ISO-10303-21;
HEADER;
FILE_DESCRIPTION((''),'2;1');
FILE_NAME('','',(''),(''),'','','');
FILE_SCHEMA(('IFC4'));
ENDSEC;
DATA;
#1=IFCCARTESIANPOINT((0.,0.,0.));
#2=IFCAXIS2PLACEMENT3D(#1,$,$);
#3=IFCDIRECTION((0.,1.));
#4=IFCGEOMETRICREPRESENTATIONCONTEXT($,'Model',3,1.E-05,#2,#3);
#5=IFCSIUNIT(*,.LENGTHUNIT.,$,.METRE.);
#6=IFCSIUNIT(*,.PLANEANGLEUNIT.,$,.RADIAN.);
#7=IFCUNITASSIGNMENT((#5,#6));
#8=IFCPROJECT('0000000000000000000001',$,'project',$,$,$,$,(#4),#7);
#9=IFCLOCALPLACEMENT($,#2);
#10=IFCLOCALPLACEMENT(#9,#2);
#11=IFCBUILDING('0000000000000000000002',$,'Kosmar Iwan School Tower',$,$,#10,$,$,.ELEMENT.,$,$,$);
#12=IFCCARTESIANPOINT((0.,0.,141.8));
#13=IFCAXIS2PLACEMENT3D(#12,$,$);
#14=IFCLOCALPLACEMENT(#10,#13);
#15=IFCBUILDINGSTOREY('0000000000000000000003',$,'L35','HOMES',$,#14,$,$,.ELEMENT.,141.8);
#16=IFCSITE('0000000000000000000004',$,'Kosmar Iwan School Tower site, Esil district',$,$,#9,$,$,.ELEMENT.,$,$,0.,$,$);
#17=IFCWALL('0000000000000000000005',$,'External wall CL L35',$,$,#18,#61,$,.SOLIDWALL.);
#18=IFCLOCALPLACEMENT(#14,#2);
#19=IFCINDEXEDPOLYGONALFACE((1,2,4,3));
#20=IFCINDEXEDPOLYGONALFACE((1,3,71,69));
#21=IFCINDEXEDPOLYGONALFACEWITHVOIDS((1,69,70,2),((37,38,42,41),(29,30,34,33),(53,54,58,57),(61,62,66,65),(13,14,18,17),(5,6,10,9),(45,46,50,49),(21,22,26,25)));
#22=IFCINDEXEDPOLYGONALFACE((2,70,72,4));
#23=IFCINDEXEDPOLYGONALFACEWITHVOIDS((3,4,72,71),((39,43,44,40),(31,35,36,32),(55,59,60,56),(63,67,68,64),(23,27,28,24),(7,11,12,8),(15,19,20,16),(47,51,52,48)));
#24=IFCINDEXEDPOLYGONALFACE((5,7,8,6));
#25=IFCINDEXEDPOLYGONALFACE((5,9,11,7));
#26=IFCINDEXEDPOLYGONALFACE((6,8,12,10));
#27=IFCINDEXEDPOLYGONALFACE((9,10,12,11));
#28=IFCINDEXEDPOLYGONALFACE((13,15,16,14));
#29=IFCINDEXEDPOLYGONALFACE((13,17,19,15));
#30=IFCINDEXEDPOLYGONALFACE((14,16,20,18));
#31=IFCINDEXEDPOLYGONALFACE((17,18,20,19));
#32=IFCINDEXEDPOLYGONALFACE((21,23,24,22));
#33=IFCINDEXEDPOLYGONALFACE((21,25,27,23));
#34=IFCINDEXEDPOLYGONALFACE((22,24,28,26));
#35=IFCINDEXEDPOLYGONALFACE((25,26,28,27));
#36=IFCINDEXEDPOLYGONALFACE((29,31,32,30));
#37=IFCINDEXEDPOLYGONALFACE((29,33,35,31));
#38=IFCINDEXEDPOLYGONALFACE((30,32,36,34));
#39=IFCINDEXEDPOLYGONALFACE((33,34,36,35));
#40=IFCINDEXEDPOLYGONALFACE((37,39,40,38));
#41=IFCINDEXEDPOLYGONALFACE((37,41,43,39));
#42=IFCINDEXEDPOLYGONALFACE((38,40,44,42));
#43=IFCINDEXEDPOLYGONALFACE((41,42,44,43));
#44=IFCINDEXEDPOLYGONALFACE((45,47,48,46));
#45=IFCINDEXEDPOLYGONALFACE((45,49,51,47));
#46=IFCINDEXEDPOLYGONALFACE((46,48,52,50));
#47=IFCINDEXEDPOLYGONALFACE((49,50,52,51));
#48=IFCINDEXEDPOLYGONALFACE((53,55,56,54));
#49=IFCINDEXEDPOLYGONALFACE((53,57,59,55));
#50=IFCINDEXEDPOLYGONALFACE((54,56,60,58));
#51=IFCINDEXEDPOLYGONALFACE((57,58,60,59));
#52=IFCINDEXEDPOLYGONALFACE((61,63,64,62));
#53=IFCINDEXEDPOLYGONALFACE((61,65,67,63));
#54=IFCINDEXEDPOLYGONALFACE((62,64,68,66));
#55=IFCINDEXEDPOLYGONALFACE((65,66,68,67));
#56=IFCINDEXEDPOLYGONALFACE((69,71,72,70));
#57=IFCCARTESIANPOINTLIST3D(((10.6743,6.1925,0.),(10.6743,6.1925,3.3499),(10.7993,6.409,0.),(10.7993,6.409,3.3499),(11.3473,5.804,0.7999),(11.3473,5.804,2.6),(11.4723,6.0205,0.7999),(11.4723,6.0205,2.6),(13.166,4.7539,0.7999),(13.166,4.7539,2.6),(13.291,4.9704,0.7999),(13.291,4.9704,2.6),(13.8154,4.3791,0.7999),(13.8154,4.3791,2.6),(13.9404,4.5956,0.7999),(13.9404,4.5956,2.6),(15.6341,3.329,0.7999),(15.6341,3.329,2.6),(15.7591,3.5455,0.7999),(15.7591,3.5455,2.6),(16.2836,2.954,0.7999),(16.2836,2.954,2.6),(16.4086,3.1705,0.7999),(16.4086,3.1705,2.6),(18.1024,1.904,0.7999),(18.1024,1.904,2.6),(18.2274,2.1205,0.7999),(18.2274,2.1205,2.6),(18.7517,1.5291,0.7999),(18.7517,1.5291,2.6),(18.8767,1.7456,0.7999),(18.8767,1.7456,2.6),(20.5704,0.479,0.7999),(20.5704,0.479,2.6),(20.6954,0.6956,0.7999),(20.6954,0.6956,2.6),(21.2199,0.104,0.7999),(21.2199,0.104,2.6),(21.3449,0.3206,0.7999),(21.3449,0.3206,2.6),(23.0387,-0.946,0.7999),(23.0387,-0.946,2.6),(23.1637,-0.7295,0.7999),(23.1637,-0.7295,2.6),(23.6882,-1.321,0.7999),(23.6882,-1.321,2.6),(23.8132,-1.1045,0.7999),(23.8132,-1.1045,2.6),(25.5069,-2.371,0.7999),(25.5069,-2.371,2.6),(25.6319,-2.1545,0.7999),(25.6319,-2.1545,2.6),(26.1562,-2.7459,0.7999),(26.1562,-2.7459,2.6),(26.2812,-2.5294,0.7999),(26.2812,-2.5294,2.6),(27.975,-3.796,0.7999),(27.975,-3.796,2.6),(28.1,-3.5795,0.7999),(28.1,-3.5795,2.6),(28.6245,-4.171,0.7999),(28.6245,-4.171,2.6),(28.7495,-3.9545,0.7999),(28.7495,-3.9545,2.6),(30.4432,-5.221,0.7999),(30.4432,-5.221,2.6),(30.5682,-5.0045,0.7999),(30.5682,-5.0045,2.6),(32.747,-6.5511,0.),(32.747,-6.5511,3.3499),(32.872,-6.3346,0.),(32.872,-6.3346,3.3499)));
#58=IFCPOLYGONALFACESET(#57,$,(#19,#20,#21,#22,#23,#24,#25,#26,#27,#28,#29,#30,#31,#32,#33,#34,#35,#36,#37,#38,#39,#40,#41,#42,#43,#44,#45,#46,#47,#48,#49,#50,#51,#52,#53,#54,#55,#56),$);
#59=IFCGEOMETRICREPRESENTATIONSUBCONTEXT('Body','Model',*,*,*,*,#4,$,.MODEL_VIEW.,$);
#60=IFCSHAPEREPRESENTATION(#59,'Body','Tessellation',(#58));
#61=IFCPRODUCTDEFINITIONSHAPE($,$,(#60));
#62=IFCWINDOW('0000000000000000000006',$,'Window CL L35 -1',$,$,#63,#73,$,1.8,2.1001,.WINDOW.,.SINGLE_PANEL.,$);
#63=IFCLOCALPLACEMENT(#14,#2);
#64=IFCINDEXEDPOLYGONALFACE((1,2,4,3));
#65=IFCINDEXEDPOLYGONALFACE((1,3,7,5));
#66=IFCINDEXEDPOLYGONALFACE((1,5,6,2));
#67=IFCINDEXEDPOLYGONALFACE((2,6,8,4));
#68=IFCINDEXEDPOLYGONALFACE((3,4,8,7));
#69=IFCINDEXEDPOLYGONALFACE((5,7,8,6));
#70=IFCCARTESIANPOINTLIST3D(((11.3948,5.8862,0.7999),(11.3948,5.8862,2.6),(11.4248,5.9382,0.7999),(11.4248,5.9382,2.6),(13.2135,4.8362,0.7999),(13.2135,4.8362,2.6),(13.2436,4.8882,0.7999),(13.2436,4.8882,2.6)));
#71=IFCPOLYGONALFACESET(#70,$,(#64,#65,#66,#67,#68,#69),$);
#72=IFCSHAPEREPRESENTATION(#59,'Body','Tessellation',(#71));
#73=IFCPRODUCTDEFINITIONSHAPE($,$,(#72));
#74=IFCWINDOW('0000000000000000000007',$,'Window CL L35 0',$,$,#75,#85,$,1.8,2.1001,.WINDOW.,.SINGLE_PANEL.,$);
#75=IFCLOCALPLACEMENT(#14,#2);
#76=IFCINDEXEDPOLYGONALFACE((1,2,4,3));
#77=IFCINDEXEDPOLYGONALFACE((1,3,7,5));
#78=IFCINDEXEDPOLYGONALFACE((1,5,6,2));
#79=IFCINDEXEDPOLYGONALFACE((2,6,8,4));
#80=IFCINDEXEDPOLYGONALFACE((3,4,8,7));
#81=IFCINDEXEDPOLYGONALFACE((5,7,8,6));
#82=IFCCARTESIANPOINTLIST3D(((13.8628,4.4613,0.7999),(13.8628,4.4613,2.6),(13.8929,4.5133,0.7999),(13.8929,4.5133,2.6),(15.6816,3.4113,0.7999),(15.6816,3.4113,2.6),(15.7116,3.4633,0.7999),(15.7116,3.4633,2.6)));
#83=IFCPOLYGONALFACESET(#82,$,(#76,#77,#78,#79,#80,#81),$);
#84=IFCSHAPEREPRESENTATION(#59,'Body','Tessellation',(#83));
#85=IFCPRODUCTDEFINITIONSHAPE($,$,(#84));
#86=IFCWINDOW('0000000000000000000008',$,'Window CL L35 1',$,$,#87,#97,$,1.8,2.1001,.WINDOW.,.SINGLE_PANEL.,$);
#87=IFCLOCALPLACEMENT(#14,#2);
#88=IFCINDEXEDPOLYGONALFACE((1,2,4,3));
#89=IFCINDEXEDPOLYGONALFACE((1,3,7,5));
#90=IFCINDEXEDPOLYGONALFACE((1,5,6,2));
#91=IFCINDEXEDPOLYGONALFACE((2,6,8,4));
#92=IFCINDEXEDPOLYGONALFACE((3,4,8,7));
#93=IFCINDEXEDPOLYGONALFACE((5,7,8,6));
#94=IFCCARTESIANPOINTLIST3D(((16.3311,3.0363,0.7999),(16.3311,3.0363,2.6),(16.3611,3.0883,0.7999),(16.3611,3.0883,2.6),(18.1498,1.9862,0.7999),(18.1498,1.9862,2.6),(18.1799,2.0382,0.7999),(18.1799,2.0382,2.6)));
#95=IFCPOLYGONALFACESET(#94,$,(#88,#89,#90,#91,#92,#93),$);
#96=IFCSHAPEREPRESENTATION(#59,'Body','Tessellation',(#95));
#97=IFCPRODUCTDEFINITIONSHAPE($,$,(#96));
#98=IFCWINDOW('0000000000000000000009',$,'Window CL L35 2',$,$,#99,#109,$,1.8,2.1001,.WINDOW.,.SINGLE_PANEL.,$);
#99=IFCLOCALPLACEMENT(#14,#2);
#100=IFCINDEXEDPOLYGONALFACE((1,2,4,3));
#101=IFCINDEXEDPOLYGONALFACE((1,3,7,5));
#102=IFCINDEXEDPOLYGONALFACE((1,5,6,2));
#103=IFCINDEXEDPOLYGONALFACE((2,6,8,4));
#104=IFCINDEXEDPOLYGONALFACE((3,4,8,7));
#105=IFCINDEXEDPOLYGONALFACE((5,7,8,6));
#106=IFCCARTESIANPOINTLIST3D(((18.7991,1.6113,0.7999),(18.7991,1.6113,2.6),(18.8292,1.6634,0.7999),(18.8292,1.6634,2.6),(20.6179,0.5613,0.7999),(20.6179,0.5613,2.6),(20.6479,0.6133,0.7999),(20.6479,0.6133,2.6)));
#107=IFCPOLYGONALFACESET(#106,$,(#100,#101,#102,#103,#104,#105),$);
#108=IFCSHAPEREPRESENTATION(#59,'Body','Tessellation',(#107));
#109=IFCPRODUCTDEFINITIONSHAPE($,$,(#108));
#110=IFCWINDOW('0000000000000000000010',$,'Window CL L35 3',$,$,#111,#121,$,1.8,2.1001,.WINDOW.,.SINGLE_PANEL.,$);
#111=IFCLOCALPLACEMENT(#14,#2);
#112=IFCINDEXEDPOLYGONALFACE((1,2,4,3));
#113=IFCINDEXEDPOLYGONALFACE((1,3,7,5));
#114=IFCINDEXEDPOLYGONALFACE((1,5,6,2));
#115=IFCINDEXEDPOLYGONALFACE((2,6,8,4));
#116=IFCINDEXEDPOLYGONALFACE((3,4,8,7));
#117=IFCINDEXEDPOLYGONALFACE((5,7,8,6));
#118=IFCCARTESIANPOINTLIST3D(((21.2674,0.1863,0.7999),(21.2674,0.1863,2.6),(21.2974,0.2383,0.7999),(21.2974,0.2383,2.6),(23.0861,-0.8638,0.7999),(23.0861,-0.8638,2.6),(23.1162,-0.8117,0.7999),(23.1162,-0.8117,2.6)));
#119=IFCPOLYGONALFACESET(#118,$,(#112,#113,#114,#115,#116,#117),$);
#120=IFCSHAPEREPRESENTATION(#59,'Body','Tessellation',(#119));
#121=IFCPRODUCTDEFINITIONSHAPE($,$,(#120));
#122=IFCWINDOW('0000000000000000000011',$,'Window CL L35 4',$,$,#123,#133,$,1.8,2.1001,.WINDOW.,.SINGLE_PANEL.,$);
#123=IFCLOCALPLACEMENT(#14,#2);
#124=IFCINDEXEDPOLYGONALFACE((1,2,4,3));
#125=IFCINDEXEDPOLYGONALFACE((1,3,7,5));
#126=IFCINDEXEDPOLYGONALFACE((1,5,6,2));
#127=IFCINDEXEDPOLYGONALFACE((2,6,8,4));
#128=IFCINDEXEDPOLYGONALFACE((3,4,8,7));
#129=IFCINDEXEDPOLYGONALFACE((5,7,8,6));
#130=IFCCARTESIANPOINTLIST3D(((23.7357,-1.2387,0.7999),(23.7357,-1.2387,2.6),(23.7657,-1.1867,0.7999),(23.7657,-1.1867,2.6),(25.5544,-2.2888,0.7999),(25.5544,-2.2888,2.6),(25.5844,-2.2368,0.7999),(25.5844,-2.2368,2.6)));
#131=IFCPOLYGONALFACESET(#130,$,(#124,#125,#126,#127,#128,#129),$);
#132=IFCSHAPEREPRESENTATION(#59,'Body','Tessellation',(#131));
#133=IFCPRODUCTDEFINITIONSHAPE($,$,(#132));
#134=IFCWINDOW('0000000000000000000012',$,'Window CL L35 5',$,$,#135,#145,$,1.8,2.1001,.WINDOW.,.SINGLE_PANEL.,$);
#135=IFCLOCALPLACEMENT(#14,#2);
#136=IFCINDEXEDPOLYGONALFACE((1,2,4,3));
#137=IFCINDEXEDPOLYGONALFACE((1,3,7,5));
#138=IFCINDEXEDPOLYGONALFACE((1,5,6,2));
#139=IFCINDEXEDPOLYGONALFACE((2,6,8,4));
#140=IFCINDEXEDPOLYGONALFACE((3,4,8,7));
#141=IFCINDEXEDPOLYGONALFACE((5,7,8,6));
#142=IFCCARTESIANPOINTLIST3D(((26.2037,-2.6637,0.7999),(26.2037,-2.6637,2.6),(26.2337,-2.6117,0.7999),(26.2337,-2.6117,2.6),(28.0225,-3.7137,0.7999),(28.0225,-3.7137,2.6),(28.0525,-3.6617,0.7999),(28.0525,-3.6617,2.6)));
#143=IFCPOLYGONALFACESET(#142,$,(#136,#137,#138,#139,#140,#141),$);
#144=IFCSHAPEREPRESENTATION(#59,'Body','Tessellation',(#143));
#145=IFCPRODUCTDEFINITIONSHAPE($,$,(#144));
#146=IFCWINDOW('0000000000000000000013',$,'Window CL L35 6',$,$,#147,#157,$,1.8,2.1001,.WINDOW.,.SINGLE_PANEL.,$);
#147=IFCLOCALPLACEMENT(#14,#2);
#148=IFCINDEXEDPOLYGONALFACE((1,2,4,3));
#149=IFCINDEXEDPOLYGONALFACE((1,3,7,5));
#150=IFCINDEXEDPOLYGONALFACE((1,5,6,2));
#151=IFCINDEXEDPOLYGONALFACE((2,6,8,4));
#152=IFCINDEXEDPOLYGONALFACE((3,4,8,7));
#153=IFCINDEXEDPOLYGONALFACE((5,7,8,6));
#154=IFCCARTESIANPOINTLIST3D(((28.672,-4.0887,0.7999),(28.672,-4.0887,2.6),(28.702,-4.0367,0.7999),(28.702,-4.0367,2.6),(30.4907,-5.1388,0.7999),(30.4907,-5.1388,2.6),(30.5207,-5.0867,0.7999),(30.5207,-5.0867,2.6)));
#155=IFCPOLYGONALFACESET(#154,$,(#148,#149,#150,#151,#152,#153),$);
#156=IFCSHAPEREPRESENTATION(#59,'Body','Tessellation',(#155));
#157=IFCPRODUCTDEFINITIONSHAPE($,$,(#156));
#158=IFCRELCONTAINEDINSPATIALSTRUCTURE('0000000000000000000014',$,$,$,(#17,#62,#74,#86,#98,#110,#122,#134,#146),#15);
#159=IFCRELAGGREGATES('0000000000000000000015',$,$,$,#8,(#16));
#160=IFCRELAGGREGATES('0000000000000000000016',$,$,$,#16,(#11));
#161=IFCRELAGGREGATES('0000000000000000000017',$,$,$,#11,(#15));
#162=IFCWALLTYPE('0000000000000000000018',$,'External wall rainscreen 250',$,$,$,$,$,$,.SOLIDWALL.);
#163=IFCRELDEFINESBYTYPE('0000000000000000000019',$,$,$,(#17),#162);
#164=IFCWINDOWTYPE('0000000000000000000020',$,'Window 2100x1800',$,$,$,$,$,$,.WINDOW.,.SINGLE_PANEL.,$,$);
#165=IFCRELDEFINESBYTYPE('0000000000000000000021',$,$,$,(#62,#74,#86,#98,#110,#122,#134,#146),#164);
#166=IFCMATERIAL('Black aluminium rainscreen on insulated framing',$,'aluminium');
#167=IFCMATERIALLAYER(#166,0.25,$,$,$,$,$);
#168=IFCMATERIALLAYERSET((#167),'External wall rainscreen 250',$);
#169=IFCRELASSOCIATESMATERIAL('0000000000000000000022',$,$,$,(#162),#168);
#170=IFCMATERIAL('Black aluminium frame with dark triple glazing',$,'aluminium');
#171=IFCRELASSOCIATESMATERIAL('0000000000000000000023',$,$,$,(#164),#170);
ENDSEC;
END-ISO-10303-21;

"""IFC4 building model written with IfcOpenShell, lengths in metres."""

from ifc_helpers import new_model, si_unit, direction, frame, frame_2d, origin, place, context, subcontext, project, spatial, rectangle, extrude, material, layer, layer_set, type_object, element, fill, save


model = new_model("IFC4")

# Units and contexts
model_context = context("Model", 3, precision=1e-05, world=origin(), true_north=direction((0.0, 1.0)))
body_context = subcontext(model_context, "Body", "Model", "MODEL_VIEW")
ifc_project = project(units=[si_unit("LENGTHUNIT", "METRE"), si_unit("PLANEANGLEUNIT", "RADIAN")], contexts=[model_context])

# Site, building, storey
site_placement = place(None, origin())
site = spatial("IfcSite", under=ifc_project, at=site_placement, Name="Kosmar Iwan School Tower site, Esil district", CompositionType="ELEMENT", RefElevation=0.0)
building_placement = place(site_placement, origin())
building = spatial("IfcBuilding", under=site, at=building_placement, Name="Kosmar Iwan School Tower", CompositionType="ELEMENT")
storey_placement = place(building_placement, frame((0.0, 0.0, 141.8)))
storey = spatial("IfcBuildingStorey", under=building, at=storey_placement, Name="L35", Description="HOMES", CompositionType="ELEMENT", Elevation=141.8)

# Wall, openings, windows
ifc_material_1 = material(Name="Black aluminium rainscreen on insulated framing", Category="aluminium")
ifc_layer = layer(ifc_material_1, 0.25)
ifc_layer_set = layer_set([ifc_layer], Name="External wall rainscreen 250")
wall_type = type_object("IfcWallType", Name="External wall rainscreen 250", PredefinedType="SOLIDWALL", material=ifc_layer_set)
wall_1_placement = place(storey_placement, frame((10.7368, 6.3008, 0.0), z_axis=(0.0, 0.0, 1.0), x_axis=(0.866026, -0.499998, 0.0)))
wall_1 = element("IfcWall", 1, at=wall_1_placement, inside=storey, type_object=wall_type, Name="External wall CL L35", PredefinedType="SOLIDWALL", context=body_context, shape_type="SweptSolid", body=[
    extrude(rectangle(XDim=25.4873, YDim=0.25, at=frame_2d((12.7437, 0.0))), origin(), (0.0, 0.0, 1.0), 3.3499),
])
opening_1_placement = place(wall_1_placement, frame((0.7771, 0.0, 0.8)))
opening_1 = element("IfcOpeningElement", 2, at=opening_1_placement, cuts=wall_1, PredefinedType="OPENING", context=body_context, shape_type="SweptSolid", body=[
    extrude(rectangle(XDim=2.1001, YDim=1.8, at=frame_2d((1.05, 0.8999))), frame((0.0, 0.137, 0.0), z_axis=(0.0, -1.0, 0.0), x_axis=(1.0, 0.0, 0.0)), (0.0, 0.0, 1.0), 0.2739),
])
opening_2_placement = place(wall_1_placement, frame((3.627, 0.0, 0.8)))
opening_2 = element("IfcOpeningElement", 3, at=opening_2_placement, cuts=wall_1, PredefinedType="OPENING", context=body_context, shape_type="SweptSolid", body=[
    extrude(rectangle(XDim=2.1001, YDim=1.8, at=frame_2d((1.05, 0.8999))), frame((0.0, 0.137, 0.0), z_axis=(0.0, -1.0, 0.0), x_axis=(1.0, 0.0, 0.0)), (0.0, 0.0, 1.0), 0.2739),
])
opening_3_placement = place(wall_1_placement, frame((6.4771, 0.0, 0.8)))
opening_3 = element("IfcOpeningElement", 4, at=opening_3_placement, cuts=wall_1, PredefinedType="OPENING", context=body_context, shape_type="SweptSolid", body=[
    extrude(rectangle(XDim=2.1001, YDim=1.8, at=frame_2d((1.05, 0.8999))), frame((0.0, 0.137, 0.0), z_axis=(0.0, -1.0, 0.0), x_axis=(1.0, 0.0, 0.0)), (0.0, 0.0, 1.0), 0.2739),
])
opening_4_placement = place(wall_1_placement, frame((9.3269, 0.0, 0.8)))
opening_4 = element("IfcOpeningElement", 5, at=opening_4_placement, cuts=wall_1, PredefinedType="OPENING", context=body_context, shape_type="SweptSolid", body=[
    extrude(rectangle(XDim=2.1001, YDim=1.8, at=frame_2d((1.05, 0.8999))), frame((0.0, 0.137, 0.0), z_axis=(0.0, -1.0, 0.0), x_axis=(1.0, 0.0, 0.0)), (0.0, 0.0, 1.0), 0.2739),
])
opening_5_placement = place(wall_1_placement, frame((12.177, 0.0, 0.8)))
opening_5 = element("IfcOpeningElement", 6, at=opening_5_placement, cuts=wall_1, PredefinedType="OPENING", context=body_context, shape_type="SweptSolid", body=[
    extrude(rectangle(XDim=2.1001, YDim=1.8, at=frame_2d((1.05, 0.8999))), frame((0.0, 0.137, 0.0), z_axis=(0.0, -1.0, 0.0), x_axis=(1.0, 0.0, 0.0)), (0.0, 0.0, 1.0), 0.2739),
])
opening_6_placement = place(wall_1_placement, frame((15.0271, 0.0, 0.8)))
opening_6 = element("IfcOpeningElement", 7, at=opening_6_placement, cuts=wall_1, PredefinedType="OPENING", context=body_context, shape_type="SweptSolid", body=[
    extrude(rectangle(XDim=2.1001, YDim=1.8, at=frame_2d((1.05, 0.8999))), frame((0.0, 0.137, 0.0), z_axis=(0.0, -1.0, 0.0), x_axis=(1.0, 0.0, 0.0)), (0.0, 0.0, 1.0), 0.2739),
])
opening_7_placement = place(wall_1_placement, frame((17.877, 0.0, 0.8)))
opening_7 = element("IfcOpeningElement", 8, at=opening_7_placement, cuts=wall_1, PredefinedType="OPENING", context=body_context, shape_type="SweptSolid", body=[
    extrude(rectangle(XDim=2.1001, YDim=1.8, at=frame_2d((1.05, 0.8999))), frame((0.0, 0.137, 0.0), z_axis=(0.0, -1.0, 0.0), x_axis=(1.0, 0.0, 0.0)), (0.0, 0.0, 1.0), 0.2739),
])
opening_8_placement = place(wall_1_placement, frame((20.7271, 0.0, 0.8)))
opening_8 = element("IfcOpeningElement", 9, at=opening_8_placement, cuts=wall_1, PredefinedType="OPENING", context=body_context, shape_type="SweptSolid", body=[
    extrude(rectangle(XDim=2.1001, YDim=1.8, at=frame_2d((1.05, 0.8999))), frame((0.0, 0.137, 0.0), z_axis=(0.0, -1.0, 0.0), x_axis=(1.0, 0.0, 0.0)), (0.0, 0.0, 1.0), 0.2739),
])
ifc_material_2 = material(Name="Black aluminium frame with dark triple glazing", Category="aluminium")
window_type = type_object("IfcWindowType", Name="Window 2100x1800", PartitioningType="SINGLE_PANEL", PredefinedType="WINDOW", material=ifc_material_2)
window_1_placement = place(opening_1_placement, origin())
window_1 = element("IfcWindow", 10, at=window_1_placement, inside=storey, type_object=window_type, Name="Window CL L35 -1", OverallHeight=1.8, OverallWidth=2.1001, PartitioningType="SINGLE_PANEL", PredefinedType="WINDOW", context=body_context, shape_type="SweptSolid", body=[
    extrude(rectangle(XDim=2.1001, YDim=1.8, at=frame_2d((1.05, 0.8999))), frame((0.0, 0.03, 0.0), z_axis=(0.0, -1.0, 0.0), x_axis=(1.0, 0.0, 0.0)), (0.0, 0.0, 1.0), 0.0601),
])
fill(opening_1, window_1)
window_2_placement = place(opening_2_placement, origin())
window_2 = element("IfcWindow", 11, at=window_2_placement, inside=storey, type_object=window_type, Name="Window CL L35 0", OverallHeight=1.8, OverallWidth=2.1001, PartitioningType="SINGLE_PANEL", PredefinedType="WINDOW", context=body_context, shape_type="SweptSolid", body=[
    extrude(rectangle(XDim=2.1001, YDim=1.8, at=frame_2d((1.05, 0.8999))), frame((0.0, 0.03, 0.0), z_axis=(0.0, -1.0, 0.0), x_axis=(1.0, 0.0, 0.0)), (0.0, 0.0, 1.0), 0.0601),
])
fill(opening_2, window_2)
window_3_placement = place(opening_3_placement, origin())
window_3 = element("IfcWindow", 12, at=window_3_placement, inside=storey, type_object=window_type, Name="Window CL L35 1", OverallHeight=1.8, OverallWidth=2.1001, PartitioningType="SINGLE_PANEL", PredefinedType="WINDOW", context=body_context, shape_type="SweptSolid", body=[
    extrude(rectangle(XDim=2.1001, YDim=1.8, at=frame_2d((1.05, 0.8999))), frame((0.0, 0.03, 0.0), z_axis=(0.0, -1.0, 0.0), x_axis=(1.0, 0.0, 0.0)), (0.0, 0.0, 1.0), 0.0601),
])
fill(opening_3, window_3)
window_4_placement = place(opening_4_placement, origin())
window_4 = element("IfcWindow", 13, at=window_4_placement, inside=storey, type_object=window_type, Name="Window CL L35 2", OverallHeight=1.8, OverallWidth=2.1001, PartitioningType="SINGLE_PANEL", PredefinedType="WINDOW", context=body_context, shape_type="SweptSolid", body=[
    extrude(rectangle(XDim=2.1001, YDim=1.8, at=frame_2d((1.05, 0.8999))), frame((0.0, 0.03, 0.0), z_axis=(0.0, -1.0, 0.0), x_axis=(1.0, 0.0, 0.0)), (0.0, 0.0, 1.0), 0.0601),
])
fill(opening_4, window_4)
window_5_placement = place(opening_5_placement, origin())
window_5 = element("IfcWindow", 14, at=window_5_placement, inside=storey, type_object=window_type, Name="Window CL L35 3", OverallHeight=1.8, OverallWidth=2.1001, PartitioningType="SINGLE_PANEL", PredefinedType="WINDOW", context=body_context, shape_type="SweptSolid", body=[
    extrude(rectangle(XDim=2.1001, YDim=1.8, at=frame_2d((1.05, 0.8999))), frame((0.0, 0.03, 0.0), z_axis=(0.0, -1.0, 0.0), x_axis=(1.0, 0.0, 0.0)), (0.0, 0.0, 1.0), 0.0601),
])
fill(opening_5, window_5)
window_6_placement = place(opening_6_placement, origin())
window_6 = element("IfcWindow", 15, at=window_6_placement, inside=storey, type_object=window_type, Name="Window CL L35 4", OverallHeight=1.8, OverallWidth=2.1001, PartitioningType="SINGLE_PANEL", PredefinedType="WINDOW", context=body_context, shape_type="SweptSolid", body=[
    extrude(rectangle(XDim=2.1001, YDim=1.8, at=frame_2d((1.05, 0.8999))), frame((0.0, 0.03, 0.0), z_axis=(0.0, -1.0, 0.0), x_axis=(1.0, 0.0, 0.0)), (0.0, 0.0, 1.0), 0.0601),
])
fill(opening_6, window_6)
window_7_placement = place(opening_7_placement, origin())
window_7 = element("IfcWindow", 16, at=window_7_placement, inside=storey, type_object=window_type, Name="Window CL L35 5", OverallHeight=1.8, OverallWidth=2.1001, PartitioningType="SINGLE_PANEL", PredefinedType="WINDOW", context=body_context, shape_type="SweptSolid", body=[
    extrude(rectangle(XDim=2.1001, YDim=1.8, at=frame_2d((1.05, 0.8999))), frame((0.0, 0.03, 0.0), z_axis=(0.0, -1.0, 0.0), x_axis=(1.0, 0.0, 0.0)), (0.0, 0.0, 1.0), 0.0601),
])
fill(opening_7, window_7)
window_8_placement = place(opening_8_placement, origin())
window_8 = element("IfcWindow", 17, at=window_8_placement, inside=storey, type_object=window_type, Name="Window CL L35 6", OverallHeight=1.8, OverallWidth=2.1001, PartitioningType="SINGLE_PANEL", PredefinedType="WINDOW", context=body_context, shape_type="SweptSolid", body=[
    extrude(rectangle(XDim=2.1001, YDim=1.8, at=frame_2d((1.05, 0.8999))), frame((0.0, 0.03, 0.0), z_axis=(0.0, -1.0, 0.0), x_axis=(1.0, 0.0, 0.0)), (0.0, 0.0, 1.0), 0.0601),
])
fill(opening_8, window_8)

save(model, "model.ifc")
